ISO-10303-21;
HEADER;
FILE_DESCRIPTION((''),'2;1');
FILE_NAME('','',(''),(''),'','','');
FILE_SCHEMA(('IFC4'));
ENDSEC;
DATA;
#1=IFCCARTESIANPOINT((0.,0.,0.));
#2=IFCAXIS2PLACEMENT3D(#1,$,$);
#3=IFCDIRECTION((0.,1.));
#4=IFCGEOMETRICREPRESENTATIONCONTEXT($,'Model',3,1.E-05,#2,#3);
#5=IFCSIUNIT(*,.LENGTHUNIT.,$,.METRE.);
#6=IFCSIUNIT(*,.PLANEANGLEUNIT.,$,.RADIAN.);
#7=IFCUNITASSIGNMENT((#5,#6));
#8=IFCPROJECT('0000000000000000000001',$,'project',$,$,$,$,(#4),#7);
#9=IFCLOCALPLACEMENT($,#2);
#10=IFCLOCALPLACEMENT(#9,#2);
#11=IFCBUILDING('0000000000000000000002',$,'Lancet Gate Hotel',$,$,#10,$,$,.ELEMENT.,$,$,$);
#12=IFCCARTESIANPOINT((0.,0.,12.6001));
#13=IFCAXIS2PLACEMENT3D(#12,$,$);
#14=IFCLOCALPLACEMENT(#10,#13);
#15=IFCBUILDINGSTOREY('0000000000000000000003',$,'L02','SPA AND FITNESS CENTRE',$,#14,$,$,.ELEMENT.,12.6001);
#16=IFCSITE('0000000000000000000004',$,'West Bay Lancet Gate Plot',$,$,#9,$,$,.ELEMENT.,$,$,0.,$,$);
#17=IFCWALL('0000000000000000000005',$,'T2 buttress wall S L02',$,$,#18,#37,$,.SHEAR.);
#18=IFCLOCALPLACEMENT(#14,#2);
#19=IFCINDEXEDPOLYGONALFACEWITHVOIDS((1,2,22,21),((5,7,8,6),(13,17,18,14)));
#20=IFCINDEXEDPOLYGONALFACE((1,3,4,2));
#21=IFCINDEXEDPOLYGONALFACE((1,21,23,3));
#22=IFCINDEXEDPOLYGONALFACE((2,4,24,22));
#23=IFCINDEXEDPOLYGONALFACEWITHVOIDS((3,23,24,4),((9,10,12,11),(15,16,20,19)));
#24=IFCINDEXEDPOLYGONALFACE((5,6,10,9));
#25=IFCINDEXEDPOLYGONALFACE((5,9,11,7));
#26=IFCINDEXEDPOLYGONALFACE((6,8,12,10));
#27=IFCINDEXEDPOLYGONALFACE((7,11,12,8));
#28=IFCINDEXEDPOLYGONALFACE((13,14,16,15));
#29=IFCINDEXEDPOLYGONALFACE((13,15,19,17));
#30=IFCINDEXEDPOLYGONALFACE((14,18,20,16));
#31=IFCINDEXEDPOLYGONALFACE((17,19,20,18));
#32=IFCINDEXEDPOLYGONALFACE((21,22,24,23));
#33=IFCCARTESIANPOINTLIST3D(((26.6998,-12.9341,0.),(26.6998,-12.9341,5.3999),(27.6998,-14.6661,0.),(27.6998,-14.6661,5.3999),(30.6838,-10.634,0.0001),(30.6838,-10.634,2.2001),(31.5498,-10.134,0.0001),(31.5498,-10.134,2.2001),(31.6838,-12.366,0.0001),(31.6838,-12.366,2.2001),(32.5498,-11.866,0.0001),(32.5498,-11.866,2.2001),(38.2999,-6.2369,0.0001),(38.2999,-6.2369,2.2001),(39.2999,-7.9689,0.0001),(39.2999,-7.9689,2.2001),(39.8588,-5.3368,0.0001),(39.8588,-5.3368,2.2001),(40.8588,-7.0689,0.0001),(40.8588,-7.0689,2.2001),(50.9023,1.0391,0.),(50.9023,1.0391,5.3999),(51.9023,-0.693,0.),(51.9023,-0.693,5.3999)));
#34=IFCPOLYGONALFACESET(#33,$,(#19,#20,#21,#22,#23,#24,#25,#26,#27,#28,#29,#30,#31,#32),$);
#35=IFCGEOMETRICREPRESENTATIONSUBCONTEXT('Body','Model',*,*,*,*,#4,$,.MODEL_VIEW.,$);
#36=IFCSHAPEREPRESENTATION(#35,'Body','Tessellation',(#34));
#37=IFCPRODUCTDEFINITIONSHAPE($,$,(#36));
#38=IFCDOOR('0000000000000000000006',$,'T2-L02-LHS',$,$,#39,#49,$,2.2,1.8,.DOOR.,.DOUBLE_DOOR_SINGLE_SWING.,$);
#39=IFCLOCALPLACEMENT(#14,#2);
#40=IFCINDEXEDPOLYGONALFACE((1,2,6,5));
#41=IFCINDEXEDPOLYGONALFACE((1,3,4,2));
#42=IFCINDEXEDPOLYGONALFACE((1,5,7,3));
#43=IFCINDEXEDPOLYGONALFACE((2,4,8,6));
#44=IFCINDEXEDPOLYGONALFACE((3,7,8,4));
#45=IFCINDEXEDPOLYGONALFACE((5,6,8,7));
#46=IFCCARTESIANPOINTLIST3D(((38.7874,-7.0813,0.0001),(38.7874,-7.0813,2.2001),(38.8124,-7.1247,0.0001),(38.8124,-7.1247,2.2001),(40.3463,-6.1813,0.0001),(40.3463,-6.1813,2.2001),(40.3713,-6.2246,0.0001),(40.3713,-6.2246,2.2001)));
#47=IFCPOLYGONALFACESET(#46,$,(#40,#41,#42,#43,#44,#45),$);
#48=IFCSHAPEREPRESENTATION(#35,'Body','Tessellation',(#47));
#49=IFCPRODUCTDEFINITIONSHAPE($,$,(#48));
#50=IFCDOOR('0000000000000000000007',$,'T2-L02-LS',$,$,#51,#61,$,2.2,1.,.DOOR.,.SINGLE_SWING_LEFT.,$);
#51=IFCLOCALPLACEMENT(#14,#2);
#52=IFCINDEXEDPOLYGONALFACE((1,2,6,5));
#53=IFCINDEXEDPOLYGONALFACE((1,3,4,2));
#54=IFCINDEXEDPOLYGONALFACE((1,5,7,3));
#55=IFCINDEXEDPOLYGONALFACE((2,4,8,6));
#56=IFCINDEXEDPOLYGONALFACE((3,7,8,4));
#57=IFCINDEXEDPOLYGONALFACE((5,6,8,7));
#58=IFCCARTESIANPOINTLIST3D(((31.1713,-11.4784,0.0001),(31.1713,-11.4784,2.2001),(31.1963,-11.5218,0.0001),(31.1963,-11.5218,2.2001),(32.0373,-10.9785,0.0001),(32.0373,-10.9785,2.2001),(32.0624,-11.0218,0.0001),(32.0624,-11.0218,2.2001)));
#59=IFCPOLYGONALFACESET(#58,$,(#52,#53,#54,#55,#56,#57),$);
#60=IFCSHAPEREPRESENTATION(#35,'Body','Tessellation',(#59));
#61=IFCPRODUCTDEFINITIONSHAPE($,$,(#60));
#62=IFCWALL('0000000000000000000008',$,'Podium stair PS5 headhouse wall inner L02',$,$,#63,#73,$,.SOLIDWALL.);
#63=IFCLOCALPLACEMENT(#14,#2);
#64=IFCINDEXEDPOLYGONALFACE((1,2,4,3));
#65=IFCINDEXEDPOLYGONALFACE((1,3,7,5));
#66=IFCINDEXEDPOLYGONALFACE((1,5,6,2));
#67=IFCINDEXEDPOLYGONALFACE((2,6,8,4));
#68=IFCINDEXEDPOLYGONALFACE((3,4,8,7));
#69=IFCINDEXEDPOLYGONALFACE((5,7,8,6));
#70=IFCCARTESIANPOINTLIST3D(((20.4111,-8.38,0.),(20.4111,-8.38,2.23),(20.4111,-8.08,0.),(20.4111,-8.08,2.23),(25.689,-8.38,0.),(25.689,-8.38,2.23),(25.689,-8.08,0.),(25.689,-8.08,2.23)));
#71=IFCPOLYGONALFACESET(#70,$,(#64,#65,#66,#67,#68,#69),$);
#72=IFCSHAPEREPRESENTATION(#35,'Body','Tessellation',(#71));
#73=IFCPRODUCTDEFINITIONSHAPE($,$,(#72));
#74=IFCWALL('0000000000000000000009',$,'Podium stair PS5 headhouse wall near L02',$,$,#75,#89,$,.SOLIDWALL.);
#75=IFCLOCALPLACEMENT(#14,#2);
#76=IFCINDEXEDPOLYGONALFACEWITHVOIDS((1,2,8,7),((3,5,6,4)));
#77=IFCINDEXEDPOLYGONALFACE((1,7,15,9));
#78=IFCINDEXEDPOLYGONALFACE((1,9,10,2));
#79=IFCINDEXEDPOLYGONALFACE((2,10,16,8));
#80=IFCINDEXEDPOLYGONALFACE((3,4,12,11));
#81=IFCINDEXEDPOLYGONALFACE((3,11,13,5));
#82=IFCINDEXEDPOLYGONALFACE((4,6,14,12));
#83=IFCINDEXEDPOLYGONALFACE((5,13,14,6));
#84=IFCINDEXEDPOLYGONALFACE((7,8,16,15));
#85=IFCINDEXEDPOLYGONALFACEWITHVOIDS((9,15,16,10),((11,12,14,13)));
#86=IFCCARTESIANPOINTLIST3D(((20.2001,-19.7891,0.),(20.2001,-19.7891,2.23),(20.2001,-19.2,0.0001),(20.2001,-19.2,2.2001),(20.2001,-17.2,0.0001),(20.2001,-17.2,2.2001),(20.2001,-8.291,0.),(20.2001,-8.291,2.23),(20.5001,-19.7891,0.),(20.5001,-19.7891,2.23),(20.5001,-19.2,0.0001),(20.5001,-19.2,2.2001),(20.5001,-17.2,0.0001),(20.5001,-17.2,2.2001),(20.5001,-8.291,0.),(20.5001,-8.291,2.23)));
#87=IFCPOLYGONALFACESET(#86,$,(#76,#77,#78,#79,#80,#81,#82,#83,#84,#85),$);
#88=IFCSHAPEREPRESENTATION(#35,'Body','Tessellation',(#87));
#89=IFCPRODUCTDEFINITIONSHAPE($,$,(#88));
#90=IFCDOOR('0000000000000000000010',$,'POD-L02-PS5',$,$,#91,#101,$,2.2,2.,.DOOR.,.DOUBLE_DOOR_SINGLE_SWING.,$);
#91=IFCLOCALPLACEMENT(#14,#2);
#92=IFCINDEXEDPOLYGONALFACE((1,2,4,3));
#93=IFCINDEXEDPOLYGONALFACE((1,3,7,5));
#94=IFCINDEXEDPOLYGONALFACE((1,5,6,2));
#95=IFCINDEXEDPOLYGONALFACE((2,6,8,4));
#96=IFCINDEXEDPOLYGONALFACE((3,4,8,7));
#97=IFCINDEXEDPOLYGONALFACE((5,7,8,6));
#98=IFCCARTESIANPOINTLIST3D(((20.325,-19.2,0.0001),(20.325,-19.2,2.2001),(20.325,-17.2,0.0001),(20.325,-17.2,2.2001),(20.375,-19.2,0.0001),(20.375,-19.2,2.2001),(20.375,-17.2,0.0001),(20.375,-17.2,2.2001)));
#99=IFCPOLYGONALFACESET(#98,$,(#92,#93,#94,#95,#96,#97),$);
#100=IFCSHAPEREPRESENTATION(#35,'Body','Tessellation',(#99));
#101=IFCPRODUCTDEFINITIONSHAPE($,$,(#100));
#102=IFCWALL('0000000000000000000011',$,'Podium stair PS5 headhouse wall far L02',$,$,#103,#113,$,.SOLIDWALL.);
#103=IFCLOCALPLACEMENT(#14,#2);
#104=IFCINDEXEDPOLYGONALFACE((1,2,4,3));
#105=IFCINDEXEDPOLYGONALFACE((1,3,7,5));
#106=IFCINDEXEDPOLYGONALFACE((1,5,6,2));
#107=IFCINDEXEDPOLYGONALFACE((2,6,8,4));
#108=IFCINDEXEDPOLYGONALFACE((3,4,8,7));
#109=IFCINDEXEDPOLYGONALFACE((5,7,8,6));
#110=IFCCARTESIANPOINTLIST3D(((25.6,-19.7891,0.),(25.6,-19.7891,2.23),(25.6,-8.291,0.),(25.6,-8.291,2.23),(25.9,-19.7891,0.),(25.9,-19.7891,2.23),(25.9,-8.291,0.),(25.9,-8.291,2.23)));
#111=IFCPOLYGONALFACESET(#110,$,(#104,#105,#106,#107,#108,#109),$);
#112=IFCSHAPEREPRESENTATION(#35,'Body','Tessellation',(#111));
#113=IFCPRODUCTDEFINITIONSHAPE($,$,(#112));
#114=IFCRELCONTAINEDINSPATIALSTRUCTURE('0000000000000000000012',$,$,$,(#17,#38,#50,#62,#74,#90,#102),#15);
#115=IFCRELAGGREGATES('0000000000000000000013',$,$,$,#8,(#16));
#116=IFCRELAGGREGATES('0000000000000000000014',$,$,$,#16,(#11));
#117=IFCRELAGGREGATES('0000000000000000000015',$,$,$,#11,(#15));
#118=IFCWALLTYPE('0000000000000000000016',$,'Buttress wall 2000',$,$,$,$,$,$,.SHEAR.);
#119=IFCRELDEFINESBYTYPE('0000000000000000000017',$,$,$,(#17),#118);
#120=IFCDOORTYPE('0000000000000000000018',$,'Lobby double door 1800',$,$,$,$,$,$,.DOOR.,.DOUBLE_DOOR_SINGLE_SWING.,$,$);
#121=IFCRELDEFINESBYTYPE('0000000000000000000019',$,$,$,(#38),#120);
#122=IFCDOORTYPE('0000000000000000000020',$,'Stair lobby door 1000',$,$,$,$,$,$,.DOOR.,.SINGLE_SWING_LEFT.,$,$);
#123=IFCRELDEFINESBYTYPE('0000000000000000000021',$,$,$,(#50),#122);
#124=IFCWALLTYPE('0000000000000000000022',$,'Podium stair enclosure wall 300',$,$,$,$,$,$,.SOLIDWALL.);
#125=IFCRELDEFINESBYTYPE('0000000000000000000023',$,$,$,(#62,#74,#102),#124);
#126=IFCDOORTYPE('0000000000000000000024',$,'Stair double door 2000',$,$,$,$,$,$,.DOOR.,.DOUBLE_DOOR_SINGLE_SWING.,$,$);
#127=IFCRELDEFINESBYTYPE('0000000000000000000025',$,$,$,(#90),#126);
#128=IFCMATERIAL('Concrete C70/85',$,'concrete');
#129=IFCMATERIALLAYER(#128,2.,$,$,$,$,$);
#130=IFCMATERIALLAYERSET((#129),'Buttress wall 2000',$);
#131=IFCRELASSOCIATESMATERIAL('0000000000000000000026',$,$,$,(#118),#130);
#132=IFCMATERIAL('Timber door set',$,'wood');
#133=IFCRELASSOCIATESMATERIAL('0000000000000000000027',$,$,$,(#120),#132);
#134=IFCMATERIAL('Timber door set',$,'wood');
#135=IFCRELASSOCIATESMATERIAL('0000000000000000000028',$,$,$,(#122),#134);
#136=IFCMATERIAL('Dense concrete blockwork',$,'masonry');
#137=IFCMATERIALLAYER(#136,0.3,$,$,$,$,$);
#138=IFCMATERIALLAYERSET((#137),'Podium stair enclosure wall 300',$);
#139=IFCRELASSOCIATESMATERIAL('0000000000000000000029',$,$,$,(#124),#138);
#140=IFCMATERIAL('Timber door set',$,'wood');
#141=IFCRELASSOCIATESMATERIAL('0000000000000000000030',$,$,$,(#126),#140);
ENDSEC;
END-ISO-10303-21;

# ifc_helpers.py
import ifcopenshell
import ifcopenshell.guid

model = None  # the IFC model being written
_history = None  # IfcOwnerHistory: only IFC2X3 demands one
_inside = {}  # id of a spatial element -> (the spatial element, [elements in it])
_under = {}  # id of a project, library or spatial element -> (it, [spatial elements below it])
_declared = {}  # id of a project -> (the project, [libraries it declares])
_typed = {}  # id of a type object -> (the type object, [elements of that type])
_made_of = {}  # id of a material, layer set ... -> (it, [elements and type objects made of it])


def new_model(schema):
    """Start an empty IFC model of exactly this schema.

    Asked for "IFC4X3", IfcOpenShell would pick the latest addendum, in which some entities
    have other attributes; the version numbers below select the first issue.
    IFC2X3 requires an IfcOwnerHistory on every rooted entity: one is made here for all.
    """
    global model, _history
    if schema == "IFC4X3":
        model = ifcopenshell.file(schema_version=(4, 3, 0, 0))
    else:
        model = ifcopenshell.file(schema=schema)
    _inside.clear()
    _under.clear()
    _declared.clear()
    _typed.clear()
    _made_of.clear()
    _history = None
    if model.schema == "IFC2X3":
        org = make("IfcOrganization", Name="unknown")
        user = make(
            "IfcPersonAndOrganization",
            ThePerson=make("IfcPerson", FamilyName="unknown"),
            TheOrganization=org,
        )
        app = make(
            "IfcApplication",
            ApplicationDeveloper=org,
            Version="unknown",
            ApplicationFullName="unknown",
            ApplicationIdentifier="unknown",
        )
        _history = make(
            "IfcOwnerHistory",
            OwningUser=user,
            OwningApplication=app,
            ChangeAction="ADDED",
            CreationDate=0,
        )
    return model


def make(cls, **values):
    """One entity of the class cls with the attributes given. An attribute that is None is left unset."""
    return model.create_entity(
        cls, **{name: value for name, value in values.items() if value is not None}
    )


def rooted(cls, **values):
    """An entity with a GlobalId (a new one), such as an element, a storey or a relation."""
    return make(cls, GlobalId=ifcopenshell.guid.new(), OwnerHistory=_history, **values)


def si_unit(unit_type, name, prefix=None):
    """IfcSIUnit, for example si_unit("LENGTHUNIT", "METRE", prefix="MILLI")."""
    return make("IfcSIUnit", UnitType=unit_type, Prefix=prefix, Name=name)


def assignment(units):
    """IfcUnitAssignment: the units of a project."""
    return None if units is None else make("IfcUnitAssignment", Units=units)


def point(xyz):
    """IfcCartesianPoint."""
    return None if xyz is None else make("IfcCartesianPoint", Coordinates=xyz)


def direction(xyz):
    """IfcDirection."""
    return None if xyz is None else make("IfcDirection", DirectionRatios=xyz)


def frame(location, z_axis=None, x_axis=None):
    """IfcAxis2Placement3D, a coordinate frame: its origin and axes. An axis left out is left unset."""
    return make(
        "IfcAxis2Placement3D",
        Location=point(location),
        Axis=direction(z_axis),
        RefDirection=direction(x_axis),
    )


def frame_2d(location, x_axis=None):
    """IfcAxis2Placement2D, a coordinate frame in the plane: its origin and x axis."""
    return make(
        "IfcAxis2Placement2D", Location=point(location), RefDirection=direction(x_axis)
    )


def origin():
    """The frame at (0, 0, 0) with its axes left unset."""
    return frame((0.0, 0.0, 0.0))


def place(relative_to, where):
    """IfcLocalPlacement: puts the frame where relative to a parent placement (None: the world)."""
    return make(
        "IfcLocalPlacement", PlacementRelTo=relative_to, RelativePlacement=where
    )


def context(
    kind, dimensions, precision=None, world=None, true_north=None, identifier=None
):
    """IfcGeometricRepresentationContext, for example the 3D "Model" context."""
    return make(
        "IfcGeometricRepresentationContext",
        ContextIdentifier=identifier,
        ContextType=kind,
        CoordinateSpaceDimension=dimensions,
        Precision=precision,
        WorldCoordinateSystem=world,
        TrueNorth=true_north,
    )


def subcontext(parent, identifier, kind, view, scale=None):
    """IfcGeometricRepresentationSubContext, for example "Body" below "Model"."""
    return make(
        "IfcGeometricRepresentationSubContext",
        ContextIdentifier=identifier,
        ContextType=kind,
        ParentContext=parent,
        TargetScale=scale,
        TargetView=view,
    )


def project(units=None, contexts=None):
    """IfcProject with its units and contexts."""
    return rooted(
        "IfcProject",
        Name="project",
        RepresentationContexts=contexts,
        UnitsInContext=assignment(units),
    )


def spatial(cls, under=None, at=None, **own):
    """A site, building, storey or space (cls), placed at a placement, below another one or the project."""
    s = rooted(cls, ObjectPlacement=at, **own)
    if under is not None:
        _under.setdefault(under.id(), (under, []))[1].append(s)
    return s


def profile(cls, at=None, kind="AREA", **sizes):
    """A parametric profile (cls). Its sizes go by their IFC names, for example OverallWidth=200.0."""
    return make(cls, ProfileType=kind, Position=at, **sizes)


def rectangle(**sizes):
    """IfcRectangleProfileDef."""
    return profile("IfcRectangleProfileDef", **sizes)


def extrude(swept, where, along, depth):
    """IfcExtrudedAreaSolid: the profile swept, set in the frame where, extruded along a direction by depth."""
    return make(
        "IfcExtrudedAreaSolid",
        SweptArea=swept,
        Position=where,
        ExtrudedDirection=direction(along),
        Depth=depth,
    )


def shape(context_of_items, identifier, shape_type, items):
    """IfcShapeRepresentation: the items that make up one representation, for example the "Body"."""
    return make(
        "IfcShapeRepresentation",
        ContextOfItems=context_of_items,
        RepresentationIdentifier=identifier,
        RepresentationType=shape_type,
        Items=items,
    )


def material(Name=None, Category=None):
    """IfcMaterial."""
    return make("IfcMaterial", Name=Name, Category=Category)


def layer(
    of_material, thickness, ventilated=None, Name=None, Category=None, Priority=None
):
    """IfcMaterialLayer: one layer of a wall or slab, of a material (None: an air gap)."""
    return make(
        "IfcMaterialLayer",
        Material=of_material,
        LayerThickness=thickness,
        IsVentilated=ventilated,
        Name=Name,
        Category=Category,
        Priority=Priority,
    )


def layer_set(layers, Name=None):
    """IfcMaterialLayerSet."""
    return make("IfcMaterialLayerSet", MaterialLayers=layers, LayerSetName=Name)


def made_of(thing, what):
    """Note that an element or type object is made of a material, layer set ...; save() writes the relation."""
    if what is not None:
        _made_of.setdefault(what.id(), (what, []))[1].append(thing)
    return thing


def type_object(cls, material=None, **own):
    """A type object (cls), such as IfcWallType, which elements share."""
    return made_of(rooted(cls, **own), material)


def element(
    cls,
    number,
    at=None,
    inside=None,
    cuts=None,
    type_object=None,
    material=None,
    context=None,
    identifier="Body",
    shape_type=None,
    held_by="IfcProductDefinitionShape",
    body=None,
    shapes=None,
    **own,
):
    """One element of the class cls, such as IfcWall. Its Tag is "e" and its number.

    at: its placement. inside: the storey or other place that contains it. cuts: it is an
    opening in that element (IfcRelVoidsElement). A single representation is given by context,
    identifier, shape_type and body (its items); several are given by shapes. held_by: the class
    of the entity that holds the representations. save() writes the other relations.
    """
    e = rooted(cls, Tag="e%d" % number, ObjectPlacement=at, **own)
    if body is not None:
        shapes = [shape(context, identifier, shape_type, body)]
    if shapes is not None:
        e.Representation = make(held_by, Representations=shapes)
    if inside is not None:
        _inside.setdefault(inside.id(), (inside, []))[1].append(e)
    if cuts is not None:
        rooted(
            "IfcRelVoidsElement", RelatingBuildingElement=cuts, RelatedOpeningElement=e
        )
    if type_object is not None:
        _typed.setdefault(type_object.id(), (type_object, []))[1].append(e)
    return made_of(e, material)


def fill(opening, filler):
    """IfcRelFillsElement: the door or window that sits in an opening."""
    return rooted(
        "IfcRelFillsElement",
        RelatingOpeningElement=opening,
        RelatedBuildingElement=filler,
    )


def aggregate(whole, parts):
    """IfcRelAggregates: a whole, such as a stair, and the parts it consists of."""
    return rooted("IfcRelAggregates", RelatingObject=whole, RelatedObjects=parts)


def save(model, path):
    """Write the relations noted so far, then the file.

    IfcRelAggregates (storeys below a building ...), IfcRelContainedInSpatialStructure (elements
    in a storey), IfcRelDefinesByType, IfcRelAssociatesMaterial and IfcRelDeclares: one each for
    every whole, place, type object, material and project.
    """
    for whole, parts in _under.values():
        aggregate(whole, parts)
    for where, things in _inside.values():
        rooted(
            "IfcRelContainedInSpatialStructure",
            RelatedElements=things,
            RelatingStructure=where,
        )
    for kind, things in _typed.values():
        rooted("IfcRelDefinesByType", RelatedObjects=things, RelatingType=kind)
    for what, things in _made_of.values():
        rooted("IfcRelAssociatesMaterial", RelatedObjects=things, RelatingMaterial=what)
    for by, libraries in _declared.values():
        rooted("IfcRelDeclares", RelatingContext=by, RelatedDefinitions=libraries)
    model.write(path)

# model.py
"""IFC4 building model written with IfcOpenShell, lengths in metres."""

from ifc_helpers import new_model, si_unit, direction, frame, frame_2d, origin, place, context, subcontext, project, spatial, rectangle, extrude, material, layer, layer_set, type_object, element, fill, save


model = new_model("IFC4")

# Units and contexts
model_context = context("Model", 3, precision=1e-05, world=origin(), true_north=direction((0.0, 1.0)))
body_context = subcontext(model_context, "Body", "Model", "MODEL_VIEW")
ifc_project = project(units=[si_unit("LENGTHUNIT", "METRE"), si_unit("PLANEANGLEUNIT", "RADIAN")], contexts=[model_context])

# Site, building, storey
site_placement = place(None, origin())
site = spatial("IfcSite", under=ifc_project, at=site_placement, Name="West Bay Lancet Gate Plot", CompositionType="ELEMENT", RefElevation=0.0)
building_placement = place(site_placement, origin())
building = spatial("IfcBuilding", under=site, at=building_placement, Name="Lancet Gate Hotel", CompositionType="ELEMENT")
storey_placement = place(building_placement, frame((0.0, 0.0, 12.6001)))
storey = spatial("IfcBuildingStorey", under=building, at=storey_placement, Name="L02", Description="SPA AND FITNESS CENTRE", CompositionType="ELEMENT", Elevation=12.6001)

# Wall, openings, doors
ifc_material_1 = material(Name="Concrete C70/85", Category="concrete")
ifc_layer_1 = layer(ifc_material_1, 2.0)
ifc_layer_set_1 = layer_set([ifc_layer_1], Name="Buttress wall 2000")
wall_type_1 = type_object("IfcWallType", Name="Buttress wall 2000", PredefinedType="SHEAR", material=ifc_layer_set_1)
wall_1_placement = place(storey_placement, frame((27.2, -13.8, 0.0), z_axis=(0.0, 0.0, 1.0), x_axis=(0.866027, 0.499997, 0.0)))
wall_1 = element("IfcWall", 1, at=wall_1_placement, inside=storey, type_object=wall_type_1, Name="T2 buttress wall S L02", PredefinedType="SHEAR", context=body_context, shape_type="SweptSolid", body=[
    extrude(rectangle(XDim=27.9465, YDim=2.0, at=frame_2d((13.9731, 0.0))), origin(), (0.0, 0.0, 1.0), 5.3999),
])
opening_1_placement = place(wall_1_placement, frame((4.6001, 0.0, 0.0)))
opening_1 = element("IfcOpeningElement", 2, at=opening_1_placement, cuts=wall_1, PredefinedType="OPENING", context=body_context, shape_type="SweptSolid", body=[
    extrude(rectangle(XDim=1.0, YDim=2.2, at=frame_2d((0.5, 1.1001))), frame((0.0, 1.01, 0.0), z_axis=(0.0, -1.0, 0.0), x_axis=(1.0, 0.0, 0.0)), (0.0, 0.0, 1.0), 2.02),
])
opening_2_placement = place(wall_1_placement, frame((13.3945, 0.0, 0.0)))
opening_2 = element("IfcOpeningElement", 3, at=opening_2_placement, cuts=wall_1, PredefinedType="OPENING", context=body_context, shape_type="SweptSolid", body=[
    extrude(rectangle(XDim=1.8, YDim=2.2, at=frame_2d((0.8999, 1.1001))), frame((0.0, 1.01, 0.0), z_axis=(0.0, -1.0, 0.0), x_axis=(1.0, 0.0, 0.0)), (0.0, 0.0, 1.0), 2.02),
])
ifc_material_2 = material(Name="Timber door set", Category="wood")
door_type_1 = type_object("IfcDoorType", Name="Lobby double door 1800", OperationType="DOUBLE_DOOR_SINGLE_SWING", PredefinedType="DOOR", material=ifc_material_2)
door_1_placement = place(opening_2_placement, origin())
door_1 = element("IfcDoor", 4, at=door_1_placement, inside=storey, type_object=door_type_1, Name="T2-L02-LHS", OperationType="DOUBLE_DOOR_SINGLE_SWING", OverallHeight=2.2, OverallWidth=1.8, PredefinedType="DOOR", context=body_context, shape_type="SweptSolid", body=[
    extrude(rectangle(XDim=1.8, YDim=2.2, at=frame_2d((0.8999, 1.1001))), frame((0.0, 0.0249, 0.0), z_axis=(0.0, -1.0, 0.0), x_axis=(1.0, 0.0, 0.0)), (0.0, 0.0, 1.0), 0.05),
])
fill(opening_2, door_1)
ifc_material_3 = material(Name="Timber door set", Category="wood")
door_type_2 = type_object("IfcDoorType", Name="Stair lobby door 1000", OperationType="SINGLE_SWING_LEFT", PredefinedType="DOOR", material=ifc_material_3)
door_2_placement = place(opening_1_placement, origin())
door_2 = element("IfcDoor", 5, at=door_2_placement, inside=storey, type_object=door_type_2, Name="T2-L02-LS", OperationType="SINGLE_SWING_LEFT", OverallHeight=2.2, OverallWidth=1.0, PredefinedType="DOOR", context=body_context, shape_type="SweptSolid", body=[
    extrude(rectangle(XDim=1.0, YDim=2.2, at=frame_2d((0.5, 1.1001))), frame((0.0, 0.0249, 0.0), z_axis=(0.0, -1.0, 0.0), x_axis=(1.0, 0.0, 0.0)), (0.0, 0.0, 1.0), 0.05),
])
fill(opening_1, door_2)

# Wall
ifc_material_4 = material(Name="Dense concrete blockwork", Category="masonry")
ifc_layer_2 = layer(ifc_material_4, 0.3)
ifc_layer_set_2 = layer_set([ifc_layer_2], Name="Podium stair enclosure wall 300")
wall_type_2 = type_object("IfcWallType", Name="Podium stair enclosure wall 300", PredefinedType="SOLIDWALL", material=ifc_layer_set_2)
wall_2_placement = place(storey_placement, frame((20.4111, -8.23, 0.0), z_axis=(0.0, 0.0, 1.0), x_axis=(1.0, 0.0, 0.0)))
element("IfcWall", 6, at=wall_2_placement, inside=storey, type_object=wall_type_2, Name="Podium stair PS5 headhouse wall inner L02", PredefinedType="SOLIDWALL", context=body_context, shape_type="SweptSolid", body=[
    extrude(rectangle(XDim=5.2778, YDim=0.3, at=frame_2d((2.6389, 0.0))), origin(), (0.0, 0.0, 1.0), 2.23),
])

# Wall, opening, door
wall_3_placement = place(storey_placement, frame((20.3501, -8.291, 0.0), z_axis=(0.0, 0.0, 1.0), x_axis=(0.0, -1.0, 0.0)))
wall_3 = element("IfcWall", 7, at=wall_3_placement, inside=storey, type_object=wall_type_2, Name="Podium stair PS5 headhouse wall near L02", PredefinedType="SOLIDWALL", context=body_context, shape_type="SweptSolid", body=[
    extrude(rectangle(XDim=11.498, YDim=0.3, at=frame_2d((5.749, 0.0))), origin(), (0.0, 0.0, 1.0), 2.23),
])
opening_3_placement = place(wall_3_placement, frame((8.9089, 0.0, 0.0)))
opening_3 = element("IfcOpeningElement", 8, at=opening_3_placement, cuts=wall_3, PredefinedType="OPENING", context=body_context, shape_type="SweptSolid", body=[
    extrude(rectangle(XDim=2.0, YDim=2.2, at=frame_2d((1.0, 1.1001))), frame((0.0, 0.1599, 0.0), z_axis=(0.0, -1.0, 0.0), x_axis=(1.0, 0.0, 0.0)), (0.0, 0.0, 1.0), 0.3201),
])
ifc_material_5 = material(Name="Timber door set", Category="wood")
door_type_3 = type_object("IfcDoorType", Name="Stair double door 2000", OperationType="DOUBLE_DOOR_SINGLE_SWING", PredefinedType="DOOR", material=ifc_material_5)
door_3_placement = place(opening_3_placement, origin())
door_3 = element("IfcDoor", 9, at=door_3_placement, inside=storey, type_object=door_type_3, Name="POD-L02-PS5", OperationType="DOUBLE_DOOR_SINGLE_SWING", OverallHeight=2.2, OverallWidth=2.0, PredefinedType="DOOR", context=body_context, shape_type="SweptSolid", body=[
    extrude(rectangle(XDim=2.0, YDim=2.2, at=frame_2d((1.0, 1.1001))), frame((0.0, 0.0249, 0.0), z_axis=(0.0, -1.0, 0.0), x_axis=(1.0, 0.0, 0.0)), (0.0, 0.0, 1.0), 0.05),
])
fill(opening_3, door_3)

# Wall
wall_4_placement = place(storey_placement, frame((25.75, -8.291, 0.0), z_axis=(0.0, 0.0, 1.0), x_axis=(0.0, -1.0, 0.0)))
element("IfcWall", 10, at=wall_4_placement, inside=storey, type_object=wall_type_2, Name="Podium stair PS5 headhouse wall far L02", PredefinedType="SOLIDWALL", context=body_context, shape_type="SweptSolid", body=[
    extrude(rectangle(XDim=11.498, YDim=0.3, at=frame_2d((5.749, 0.0))), origin(), (0.0, 0.0, 1.0), 2.23),
])

save(model, "model.ifc")
